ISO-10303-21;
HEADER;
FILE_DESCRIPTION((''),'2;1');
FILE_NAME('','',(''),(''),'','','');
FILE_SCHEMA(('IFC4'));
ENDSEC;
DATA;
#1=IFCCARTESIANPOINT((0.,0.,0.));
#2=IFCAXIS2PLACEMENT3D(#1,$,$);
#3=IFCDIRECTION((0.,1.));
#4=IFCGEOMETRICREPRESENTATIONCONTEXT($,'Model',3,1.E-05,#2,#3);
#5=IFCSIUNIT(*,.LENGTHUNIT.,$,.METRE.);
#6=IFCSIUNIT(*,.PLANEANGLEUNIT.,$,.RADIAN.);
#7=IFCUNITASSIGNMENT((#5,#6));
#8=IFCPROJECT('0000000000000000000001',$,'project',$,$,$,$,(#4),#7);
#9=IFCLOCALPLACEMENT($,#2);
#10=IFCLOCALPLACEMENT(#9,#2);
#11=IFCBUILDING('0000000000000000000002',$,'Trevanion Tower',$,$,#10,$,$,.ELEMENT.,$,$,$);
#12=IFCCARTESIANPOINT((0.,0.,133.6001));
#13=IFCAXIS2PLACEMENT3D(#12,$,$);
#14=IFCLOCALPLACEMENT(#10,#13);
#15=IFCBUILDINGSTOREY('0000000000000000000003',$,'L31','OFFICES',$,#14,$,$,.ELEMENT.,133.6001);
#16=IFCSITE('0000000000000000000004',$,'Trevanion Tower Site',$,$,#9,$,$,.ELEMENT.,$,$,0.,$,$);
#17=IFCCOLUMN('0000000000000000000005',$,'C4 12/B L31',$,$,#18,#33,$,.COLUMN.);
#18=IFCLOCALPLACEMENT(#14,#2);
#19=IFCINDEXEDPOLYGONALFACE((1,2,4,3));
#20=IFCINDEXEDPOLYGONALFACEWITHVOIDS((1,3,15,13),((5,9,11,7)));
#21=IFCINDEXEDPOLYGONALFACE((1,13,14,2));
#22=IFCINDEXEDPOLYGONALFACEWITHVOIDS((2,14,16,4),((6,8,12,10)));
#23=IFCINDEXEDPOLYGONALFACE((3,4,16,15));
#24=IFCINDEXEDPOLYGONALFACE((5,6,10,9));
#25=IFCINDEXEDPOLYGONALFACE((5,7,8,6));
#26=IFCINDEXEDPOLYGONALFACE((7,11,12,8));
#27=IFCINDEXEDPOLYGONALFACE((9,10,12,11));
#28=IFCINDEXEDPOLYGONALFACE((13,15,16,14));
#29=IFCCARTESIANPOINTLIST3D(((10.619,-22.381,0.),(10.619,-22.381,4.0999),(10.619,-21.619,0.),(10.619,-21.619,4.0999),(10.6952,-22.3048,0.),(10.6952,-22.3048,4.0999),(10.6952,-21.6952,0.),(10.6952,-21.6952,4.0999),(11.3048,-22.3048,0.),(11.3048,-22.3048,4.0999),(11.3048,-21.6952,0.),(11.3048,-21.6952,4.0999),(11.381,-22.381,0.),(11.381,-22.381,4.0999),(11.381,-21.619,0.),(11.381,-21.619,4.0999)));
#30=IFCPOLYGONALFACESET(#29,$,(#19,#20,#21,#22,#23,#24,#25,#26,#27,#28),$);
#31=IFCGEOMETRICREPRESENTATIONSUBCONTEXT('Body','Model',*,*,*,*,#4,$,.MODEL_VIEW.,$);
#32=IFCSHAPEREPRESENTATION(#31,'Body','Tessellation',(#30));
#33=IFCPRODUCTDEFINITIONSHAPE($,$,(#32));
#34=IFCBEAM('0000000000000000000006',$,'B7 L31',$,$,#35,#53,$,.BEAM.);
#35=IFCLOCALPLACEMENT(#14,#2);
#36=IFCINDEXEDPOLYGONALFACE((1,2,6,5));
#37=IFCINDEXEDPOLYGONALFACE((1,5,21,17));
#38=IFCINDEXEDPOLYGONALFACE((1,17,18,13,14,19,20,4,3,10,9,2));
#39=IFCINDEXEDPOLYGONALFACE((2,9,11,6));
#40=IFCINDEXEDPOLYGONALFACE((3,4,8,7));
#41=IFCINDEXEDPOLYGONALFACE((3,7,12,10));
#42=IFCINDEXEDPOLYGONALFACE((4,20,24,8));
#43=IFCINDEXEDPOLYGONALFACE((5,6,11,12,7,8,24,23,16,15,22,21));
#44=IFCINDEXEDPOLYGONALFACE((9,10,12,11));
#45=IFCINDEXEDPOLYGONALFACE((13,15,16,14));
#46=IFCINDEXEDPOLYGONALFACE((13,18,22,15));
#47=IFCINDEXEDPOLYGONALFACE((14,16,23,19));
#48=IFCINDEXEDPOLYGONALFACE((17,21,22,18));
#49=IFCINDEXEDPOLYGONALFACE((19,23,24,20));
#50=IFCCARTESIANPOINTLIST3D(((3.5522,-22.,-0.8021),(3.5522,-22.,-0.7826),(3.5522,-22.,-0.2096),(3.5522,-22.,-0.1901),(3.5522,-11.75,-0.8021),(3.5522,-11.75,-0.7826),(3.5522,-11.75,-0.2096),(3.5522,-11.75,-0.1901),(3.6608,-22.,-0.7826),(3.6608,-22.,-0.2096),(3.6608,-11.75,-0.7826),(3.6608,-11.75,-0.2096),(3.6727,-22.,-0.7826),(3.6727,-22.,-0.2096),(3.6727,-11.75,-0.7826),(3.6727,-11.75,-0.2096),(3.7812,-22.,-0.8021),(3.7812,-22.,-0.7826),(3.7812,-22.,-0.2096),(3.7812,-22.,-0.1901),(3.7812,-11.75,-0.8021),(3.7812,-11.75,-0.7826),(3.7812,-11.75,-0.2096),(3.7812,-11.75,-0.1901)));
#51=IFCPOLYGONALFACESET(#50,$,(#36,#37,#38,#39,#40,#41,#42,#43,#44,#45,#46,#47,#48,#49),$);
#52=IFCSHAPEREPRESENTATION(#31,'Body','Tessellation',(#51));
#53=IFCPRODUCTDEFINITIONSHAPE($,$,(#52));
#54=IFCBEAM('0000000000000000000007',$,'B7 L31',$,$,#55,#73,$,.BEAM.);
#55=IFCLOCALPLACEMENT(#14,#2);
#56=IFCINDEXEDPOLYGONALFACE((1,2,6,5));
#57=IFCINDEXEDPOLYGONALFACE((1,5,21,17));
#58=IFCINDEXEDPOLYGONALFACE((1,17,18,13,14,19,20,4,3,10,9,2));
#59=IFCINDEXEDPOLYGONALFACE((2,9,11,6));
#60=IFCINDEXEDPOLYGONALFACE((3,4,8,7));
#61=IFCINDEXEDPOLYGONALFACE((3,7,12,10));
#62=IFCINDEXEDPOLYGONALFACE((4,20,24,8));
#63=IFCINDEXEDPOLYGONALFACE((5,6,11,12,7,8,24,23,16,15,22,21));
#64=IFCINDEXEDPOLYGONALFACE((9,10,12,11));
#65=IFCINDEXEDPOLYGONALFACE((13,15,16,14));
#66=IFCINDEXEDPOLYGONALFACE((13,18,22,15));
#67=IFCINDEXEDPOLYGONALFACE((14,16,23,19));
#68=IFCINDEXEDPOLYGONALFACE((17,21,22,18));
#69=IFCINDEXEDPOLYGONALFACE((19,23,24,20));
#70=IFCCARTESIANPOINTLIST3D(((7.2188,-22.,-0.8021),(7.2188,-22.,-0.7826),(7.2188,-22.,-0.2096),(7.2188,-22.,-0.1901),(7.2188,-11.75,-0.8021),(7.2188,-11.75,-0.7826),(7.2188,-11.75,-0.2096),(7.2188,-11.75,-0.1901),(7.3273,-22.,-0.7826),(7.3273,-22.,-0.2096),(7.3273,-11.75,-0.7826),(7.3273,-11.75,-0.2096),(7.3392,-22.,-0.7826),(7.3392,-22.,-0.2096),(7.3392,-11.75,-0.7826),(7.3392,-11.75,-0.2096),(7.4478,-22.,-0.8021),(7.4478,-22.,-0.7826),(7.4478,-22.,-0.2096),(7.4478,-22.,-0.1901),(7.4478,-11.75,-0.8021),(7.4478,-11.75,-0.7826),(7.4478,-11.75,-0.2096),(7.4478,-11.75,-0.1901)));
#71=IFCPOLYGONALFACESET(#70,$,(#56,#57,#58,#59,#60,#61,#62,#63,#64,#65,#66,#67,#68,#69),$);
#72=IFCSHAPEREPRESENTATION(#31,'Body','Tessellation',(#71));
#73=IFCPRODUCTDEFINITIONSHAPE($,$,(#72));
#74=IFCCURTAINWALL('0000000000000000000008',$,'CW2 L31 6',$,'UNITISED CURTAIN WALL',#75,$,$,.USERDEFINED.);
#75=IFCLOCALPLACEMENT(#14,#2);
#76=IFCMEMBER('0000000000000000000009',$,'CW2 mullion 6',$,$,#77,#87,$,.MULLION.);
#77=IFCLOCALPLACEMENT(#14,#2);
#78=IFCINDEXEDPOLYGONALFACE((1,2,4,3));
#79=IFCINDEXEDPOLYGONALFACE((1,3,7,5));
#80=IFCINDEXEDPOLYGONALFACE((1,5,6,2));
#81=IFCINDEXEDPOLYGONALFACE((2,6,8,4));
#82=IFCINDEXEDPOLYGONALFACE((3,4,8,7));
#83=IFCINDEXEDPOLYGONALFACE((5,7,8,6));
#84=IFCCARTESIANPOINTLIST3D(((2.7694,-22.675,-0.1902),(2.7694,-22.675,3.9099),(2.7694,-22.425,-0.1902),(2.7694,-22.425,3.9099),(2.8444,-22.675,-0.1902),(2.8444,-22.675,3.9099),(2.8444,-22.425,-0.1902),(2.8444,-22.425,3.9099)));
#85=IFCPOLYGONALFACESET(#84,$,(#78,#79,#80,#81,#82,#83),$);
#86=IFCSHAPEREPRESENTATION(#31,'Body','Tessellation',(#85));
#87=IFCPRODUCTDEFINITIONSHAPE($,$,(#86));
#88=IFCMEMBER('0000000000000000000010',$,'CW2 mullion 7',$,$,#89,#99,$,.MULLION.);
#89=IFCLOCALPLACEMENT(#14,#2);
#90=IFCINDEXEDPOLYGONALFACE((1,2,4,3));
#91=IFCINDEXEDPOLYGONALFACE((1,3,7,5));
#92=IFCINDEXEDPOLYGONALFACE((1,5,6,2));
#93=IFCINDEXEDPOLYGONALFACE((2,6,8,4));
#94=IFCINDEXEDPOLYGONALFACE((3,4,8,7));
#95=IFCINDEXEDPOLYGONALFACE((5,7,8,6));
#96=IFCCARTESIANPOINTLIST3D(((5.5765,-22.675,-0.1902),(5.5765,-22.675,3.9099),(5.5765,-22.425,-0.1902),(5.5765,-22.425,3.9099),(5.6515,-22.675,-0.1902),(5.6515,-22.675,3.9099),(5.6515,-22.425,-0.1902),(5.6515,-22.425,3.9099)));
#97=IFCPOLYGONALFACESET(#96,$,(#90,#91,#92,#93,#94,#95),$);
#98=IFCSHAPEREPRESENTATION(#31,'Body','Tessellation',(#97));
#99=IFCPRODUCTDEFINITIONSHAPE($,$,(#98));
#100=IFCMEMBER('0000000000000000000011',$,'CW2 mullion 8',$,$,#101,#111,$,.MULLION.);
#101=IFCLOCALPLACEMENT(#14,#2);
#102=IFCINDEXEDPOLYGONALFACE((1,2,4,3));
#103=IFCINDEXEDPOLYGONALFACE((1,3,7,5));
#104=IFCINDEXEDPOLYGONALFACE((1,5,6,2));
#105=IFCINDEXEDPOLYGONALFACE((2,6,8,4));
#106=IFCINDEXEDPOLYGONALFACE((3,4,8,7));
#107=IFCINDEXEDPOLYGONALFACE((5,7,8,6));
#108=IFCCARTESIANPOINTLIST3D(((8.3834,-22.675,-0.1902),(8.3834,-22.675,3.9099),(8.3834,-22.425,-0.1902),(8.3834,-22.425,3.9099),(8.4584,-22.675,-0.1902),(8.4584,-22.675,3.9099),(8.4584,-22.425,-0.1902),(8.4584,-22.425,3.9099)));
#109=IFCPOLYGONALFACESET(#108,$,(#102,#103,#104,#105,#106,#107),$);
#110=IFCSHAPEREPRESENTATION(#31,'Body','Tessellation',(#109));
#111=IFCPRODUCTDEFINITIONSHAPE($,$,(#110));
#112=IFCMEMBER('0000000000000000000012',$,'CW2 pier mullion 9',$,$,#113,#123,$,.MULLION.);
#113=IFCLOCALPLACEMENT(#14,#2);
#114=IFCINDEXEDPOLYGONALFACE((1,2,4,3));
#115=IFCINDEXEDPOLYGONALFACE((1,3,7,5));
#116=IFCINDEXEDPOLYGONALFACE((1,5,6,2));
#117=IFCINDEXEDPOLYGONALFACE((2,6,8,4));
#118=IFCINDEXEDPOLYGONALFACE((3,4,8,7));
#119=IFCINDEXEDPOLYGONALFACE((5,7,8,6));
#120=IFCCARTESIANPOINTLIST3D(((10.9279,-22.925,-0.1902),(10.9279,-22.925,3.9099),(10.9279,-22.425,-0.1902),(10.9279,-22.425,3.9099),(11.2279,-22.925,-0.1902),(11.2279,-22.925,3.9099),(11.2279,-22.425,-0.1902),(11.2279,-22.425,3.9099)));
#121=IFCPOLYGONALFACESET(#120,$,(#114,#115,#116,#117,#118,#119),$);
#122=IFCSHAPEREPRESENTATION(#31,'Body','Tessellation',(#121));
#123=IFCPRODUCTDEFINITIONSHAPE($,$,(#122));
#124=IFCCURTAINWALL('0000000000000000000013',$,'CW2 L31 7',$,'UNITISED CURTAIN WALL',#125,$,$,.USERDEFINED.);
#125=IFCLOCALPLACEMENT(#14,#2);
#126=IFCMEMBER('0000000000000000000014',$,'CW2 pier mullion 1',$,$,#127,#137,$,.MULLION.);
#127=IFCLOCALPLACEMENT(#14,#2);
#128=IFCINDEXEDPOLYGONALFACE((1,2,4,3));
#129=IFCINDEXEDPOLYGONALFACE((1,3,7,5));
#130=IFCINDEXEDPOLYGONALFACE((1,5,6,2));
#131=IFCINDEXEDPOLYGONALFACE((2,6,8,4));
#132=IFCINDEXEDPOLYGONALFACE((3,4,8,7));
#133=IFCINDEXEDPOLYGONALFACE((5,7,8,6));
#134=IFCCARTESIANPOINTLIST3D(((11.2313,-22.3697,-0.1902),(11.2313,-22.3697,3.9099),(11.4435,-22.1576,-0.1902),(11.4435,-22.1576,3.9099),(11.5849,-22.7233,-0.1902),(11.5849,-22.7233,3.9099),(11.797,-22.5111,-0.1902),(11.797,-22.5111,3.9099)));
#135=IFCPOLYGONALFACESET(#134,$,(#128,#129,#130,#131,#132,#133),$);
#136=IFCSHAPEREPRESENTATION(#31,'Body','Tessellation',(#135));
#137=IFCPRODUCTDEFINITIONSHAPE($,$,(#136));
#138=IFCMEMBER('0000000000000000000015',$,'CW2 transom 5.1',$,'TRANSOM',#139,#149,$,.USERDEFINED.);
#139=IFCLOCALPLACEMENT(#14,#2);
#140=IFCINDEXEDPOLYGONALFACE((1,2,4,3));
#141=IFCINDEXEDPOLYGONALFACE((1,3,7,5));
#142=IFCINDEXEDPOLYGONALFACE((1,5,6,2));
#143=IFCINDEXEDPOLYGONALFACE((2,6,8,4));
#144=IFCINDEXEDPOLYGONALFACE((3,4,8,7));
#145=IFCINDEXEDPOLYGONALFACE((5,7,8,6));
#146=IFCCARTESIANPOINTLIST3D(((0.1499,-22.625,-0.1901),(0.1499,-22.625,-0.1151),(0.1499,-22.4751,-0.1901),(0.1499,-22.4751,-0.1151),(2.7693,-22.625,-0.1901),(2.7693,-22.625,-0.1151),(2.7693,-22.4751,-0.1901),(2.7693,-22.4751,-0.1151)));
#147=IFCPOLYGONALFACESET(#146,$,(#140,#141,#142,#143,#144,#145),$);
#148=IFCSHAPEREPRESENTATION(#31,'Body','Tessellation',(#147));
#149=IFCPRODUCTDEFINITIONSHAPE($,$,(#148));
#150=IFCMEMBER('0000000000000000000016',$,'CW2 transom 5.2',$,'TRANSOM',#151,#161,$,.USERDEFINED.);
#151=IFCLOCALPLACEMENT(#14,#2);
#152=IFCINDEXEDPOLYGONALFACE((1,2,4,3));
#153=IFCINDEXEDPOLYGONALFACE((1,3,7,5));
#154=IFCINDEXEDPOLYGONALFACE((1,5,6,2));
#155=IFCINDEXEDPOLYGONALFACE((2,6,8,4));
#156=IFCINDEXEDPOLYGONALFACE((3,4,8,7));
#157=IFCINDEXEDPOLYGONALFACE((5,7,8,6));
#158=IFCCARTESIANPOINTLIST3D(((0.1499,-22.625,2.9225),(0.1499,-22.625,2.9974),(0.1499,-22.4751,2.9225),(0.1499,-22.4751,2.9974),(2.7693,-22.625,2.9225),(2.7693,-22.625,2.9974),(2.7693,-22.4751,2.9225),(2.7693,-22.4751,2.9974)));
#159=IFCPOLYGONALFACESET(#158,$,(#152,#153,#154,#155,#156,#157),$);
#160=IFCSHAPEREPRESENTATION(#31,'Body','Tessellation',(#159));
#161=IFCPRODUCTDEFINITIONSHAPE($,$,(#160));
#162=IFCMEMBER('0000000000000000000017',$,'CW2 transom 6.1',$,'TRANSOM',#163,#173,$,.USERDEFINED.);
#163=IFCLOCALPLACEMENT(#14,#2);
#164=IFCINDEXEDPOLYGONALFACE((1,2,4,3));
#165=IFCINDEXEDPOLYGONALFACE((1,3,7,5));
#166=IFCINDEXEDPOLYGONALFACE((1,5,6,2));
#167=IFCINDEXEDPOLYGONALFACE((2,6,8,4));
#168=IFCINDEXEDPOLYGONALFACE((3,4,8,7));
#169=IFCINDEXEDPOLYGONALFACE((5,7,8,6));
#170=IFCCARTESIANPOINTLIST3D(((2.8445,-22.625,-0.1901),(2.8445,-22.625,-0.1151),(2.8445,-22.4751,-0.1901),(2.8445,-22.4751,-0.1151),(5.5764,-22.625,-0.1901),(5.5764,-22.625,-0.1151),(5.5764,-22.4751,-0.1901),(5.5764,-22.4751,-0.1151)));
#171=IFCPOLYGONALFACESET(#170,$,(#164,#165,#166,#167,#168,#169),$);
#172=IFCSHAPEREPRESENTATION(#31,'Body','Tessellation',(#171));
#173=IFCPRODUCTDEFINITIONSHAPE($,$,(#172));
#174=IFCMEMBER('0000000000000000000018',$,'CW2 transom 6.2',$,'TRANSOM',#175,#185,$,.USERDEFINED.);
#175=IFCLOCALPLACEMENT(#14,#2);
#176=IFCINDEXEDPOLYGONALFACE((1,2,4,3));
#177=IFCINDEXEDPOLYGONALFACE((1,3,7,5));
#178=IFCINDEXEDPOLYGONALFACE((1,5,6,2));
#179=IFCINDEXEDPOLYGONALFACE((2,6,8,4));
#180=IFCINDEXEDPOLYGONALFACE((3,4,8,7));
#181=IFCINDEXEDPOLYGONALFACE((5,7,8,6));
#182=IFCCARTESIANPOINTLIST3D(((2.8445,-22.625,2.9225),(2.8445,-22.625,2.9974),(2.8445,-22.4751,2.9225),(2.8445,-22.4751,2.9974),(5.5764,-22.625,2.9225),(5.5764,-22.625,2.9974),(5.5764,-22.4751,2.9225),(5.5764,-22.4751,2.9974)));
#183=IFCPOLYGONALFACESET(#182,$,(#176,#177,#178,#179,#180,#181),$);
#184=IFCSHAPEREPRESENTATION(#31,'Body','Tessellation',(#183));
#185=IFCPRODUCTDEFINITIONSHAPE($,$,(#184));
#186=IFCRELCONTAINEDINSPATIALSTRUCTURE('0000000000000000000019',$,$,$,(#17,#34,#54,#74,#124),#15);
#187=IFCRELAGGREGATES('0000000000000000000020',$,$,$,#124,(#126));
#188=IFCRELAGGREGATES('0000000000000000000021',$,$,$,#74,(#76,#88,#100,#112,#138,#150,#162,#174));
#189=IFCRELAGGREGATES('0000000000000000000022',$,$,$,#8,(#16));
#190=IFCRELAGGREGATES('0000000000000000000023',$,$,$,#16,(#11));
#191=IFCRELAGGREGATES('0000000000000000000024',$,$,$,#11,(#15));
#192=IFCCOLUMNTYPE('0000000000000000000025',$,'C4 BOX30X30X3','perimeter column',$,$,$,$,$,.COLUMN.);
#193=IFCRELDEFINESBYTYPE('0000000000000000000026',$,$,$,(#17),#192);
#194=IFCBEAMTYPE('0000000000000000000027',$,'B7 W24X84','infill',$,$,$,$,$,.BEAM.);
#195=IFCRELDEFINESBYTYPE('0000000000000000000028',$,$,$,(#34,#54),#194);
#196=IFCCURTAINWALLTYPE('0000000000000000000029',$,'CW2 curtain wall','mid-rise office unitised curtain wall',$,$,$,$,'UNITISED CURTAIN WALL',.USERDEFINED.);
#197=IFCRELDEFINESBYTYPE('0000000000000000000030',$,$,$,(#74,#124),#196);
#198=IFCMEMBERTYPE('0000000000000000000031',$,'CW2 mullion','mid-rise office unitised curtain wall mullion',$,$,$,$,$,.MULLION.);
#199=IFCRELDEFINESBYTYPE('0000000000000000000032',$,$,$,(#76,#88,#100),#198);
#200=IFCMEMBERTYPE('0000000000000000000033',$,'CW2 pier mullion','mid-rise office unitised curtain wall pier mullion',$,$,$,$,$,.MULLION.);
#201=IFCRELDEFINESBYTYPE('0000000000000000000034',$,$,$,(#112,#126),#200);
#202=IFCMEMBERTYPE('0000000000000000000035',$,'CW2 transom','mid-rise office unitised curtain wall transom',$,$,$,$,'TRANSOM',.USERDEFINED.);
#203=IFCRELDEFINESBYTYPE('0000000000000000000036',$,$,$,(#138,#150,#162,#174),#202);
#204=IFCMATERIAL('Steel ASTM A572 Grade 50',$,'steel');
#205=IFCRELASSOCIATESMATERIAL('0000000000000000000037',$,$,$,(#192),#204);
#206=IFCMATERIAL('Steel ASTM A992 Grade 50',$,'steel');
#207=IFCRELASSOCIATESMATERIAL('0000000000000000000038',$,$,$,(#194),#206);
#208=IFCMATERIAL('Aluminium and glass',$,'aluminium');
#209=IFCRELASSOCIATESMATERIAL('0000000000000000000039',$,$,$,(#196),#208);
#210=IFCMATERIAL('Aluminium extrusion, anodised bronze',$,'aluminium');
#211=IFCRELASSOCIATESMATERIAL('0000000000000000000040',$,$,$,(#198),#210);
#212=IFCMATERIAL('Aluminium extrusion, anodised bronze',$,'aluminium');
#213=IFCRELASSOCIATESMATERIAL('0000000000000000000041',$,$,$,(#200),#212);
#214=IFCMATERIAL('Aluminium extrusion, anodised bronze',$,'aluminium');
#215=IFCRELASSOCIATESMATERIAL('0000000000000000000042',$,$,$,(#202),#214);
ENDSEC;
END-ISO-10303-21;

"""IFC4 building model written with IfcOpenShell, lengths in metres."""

from ifc_helpers import new_model, si_unit, direction, frame, origin, origin_2d, place, context, subcontext, project, spatial, rectangle, hollow_rectangle, i_section, extrude, material, material_profile, profile_set, type_object, element, aggregate, save


model = new_model("IFC4")

# Units and contexts
model_context = context("Model", 3, precision=1e-05, world=origin(), true_north=direction((0.0, 1.0)))
body_context = subcontext(model_context, "Body", "Model", "MODEL_VIEW")
ifc_project = project(units=[si_unit("LENGTHUNIT", "METRE"), si_unit("PLANEANGLEUNIT", "RADIAN")], contexts=[model_context])

# Site, building, storey
site_placement = place(None, origin())
site = spatial("IfcSite", under=ifc_project, at=site_placement, Name="Trevanion Tower Site", CompositionType="ELEMENT", RefElevation=0.0)
building_placement = place(site_placement, origin())
building = spatial("IfcBuilding", under=site, at=building_placement, Name="Trevanion Tower", CompositionType="ELEMENT")
storey_placement = place(building_placement, frame((0.0, 0.0, 133.6001)))
storey = spatial("IfcBuildingStorey", under=building, at=storey_placement, Name="L31", Description="OFFICES", CompositionType="ELEMENT", Elevation=133.6001)

# Column
ifc_material_1 = material(Name="Steel ASTM A572 Grade 50", Category="steel")
ifc_material_profile_1 = material_profile(ifc_material_1, hollow_rectangle(XDim=0.762, YDim=0.762, WallThickness=0.0762, at=origin_2d()), Name="BOX30X30X3")
ifc_profile_set_1 = profile_set([ifc_material_profile_1], Name="Steel ASTM A572 Grade 50")
column_type = type_object("IfcColumnType", Name="C4 BOX30X30X3", Description="perimeter column", PredefinedType="COLUMN", material=ifc_profile_set_1)
column_placement = place(storey_placement, frame((11.0, -22.0, 0.0), z_axis=(0.0, 0.0, 1.0), x_axis=(1.0, 0.0, 0.0)))
element("IfcColumn", 1, at=column_placement, inside=storey, type_object=column_type, Name="C4 12/B L31", PredefinedType="COLUMN", context=body_context, shape_type="SweptSolid", body=[
    extrude(hollow_rectangle(XDim=0.762, YDim=0.762, WallThickness=0.0762, at=origin_2d()), origin(), (0.0, 0.0, 1.0), 4.0999),
])

# Beams
ifc_material_2 = material(Name="Steel ASTM A992 Grade 50", Category="steel")
ifc_material_profile_2 = material_profile(ifc_material_2, i_section(OverallWidth=0.229, OverallDepth=0.6121, WebThickness=0.012, FlangeThickness=0.0195, at=origin_2d()), Name="W24X84")
ifc_profile_set_2 = profile_set([ifc_material_profile_2], Name="Steel ASTM A992 Grade 50")
beam_type_1 = type_object("IfcBeamType", Name="B7 W24X84", Description="infill", PredefinedType="BEAM", material=ifc_profile_set_2)
for number, where, z_axis, x_axis, name in (
    (2, (3.6667, -11.75, -0.4961), (0.0, -1.0, 0.0), (1.0, 0.0, 0.0), "B7 L31"),
    (3, (7.3333, -11.75, -0.4961), (0.0, -1.0, 0.0), (1.0, 0.0, 0.0), "B7 L31"),
):
    element("IfcBeam", number, at=place(storey_placement, frame(where, z_axis=z_axis, x_axis=x_axis)), inside=storey, type_object=beam_type_1, Name=name, PredefinedType="BEAM", context=body_context, shape_type="SweptSolid", body=[
        extrude(i_section(OverallWidth=0.229, OverallDepth=0.6121, WebThickness=0.012, FlangeThickness=0.0195, at=origin_2d()), origin(), (0.0, 0.0, 1.0), 10.25),
    ])

# Curtain wall, members
ifc_material_3 = material(Name="Aluminium and glass", Category="aluminium")
curtain_wall_type = type_object("IfcCurtainWallType", Name="CW2 curtain wall", Description="mid-rise office unitised curtain wall", ElementType="UNITISED CURTAIN WALL", PredefinedType="USERDEFINED", material=ifc_material_3)
curtain_wall_1_placement = place(storey_placement, origin())
curtain_wall_1 = element("IfcCurtainWall", 4, at=curtain_wall_1_placement, inside=storey, type_object=curtain_wall_type, Name="CW2 L31 6", ObjectType="UNITISED CURTAIN WALL", PredefinedType="USERDEFINED")
ifc_material_4 = material(Name="Aluminium extrusion, anodised bronze", Category="aluminium")
ifc_material_profile_3 = material_profile(ifc_material_4, rectangle(XDim=0.075, YDim=0.25, at=origin_2d()), Name="CW2 mullion")
ifc_profile_set_3 = profile_set([ifc_material_profile_3], Name="Aluminium extrusion, anodised bronze")
member_type_1 = type_object("IfcMemberType", Name="CW2 mullion", Description="mid-rise office unitised curtain wall mullion", PredefinedType="MULLION", material=ifc_profile_set_3)
member_1_placement = place(storey_placement, frame((2.8069, -22.55, -0.1902), z_axis=(0.0, 0.0, 1.0), x_axis=(1.0, 0.0, 0.0)))
member_1 = element("IfcMember", 5, at=member_1_placement, type_object=member_type_1, Name="CW2 mullion 6", PredefinedType="MULLION", context=body_context, shape_type="SweptSolid", body=[
    extrude(rectangle(XDim=0.075, YDim=0.25, at=origin_2d()), origin(), (0.0, 0.0, 1.0), 4.1001),
])
member_2_placement = place(storey_placement, frame((5.614, -22.55, -0.1902), z_axis=(0.0, 0.0, 1.0), x_axis=(1.0, 0.0, 0.0)))
member_2 = element("IfcMember", 6, at=member_2_placement, type_object=member_type_1, Name="CW2 mullion 7", PredefinedType="MULLION", context=body_context, shape_type="SweptSolid", body=[
    extrude(rectangle(XDim=0.075, YDim=0.25, at=origin_2d()), origin(), (0.0, 0.0, 1.0), 4.1001),
])
member_3_placement = place(storey_placement, frame((8.4209, -22.55, -0.1902), z_axis=(0.0, 0.0, 1.0), x_axis=(1.0, 0.0, 0.0)))
member_3 = element("IfcMember", 7, at=member_3_placement, type_object=member_type_1, Name="CW2 mullion 8", PredefinedType="MULLION", context=body_context, shape_type="SweptSolid", body=[
    extrude(rectangle(XDim=0.075, YDim=0.25, at=origin_2d()), origin(), (0.0, 0.0, 1.0), 4.1001),
])
ifc_material_5 = material(Name="Aluminium extrusion, anodised bronze", Category="aluminium")
ifc_material_profile_4 = material_profile(ifc_material_5, rectangle(XDim=0.3, YDim=0.5, at=origin_2d()), Name="CW2 pier mullion")
ifc_profile_set_4 = profile_set([ifc_material_profile_4], Name="Aluminium extrusion, anodised bronze")
member_type_2 = type_object("IfcMemberType", Name="CW2 pier mullion", Description="mid-rise office unitised curtain wall pier mullion", PredefinedType="MULLION", material=ifc_profile_set_4)
member_4_placement = place(storey_placement, frame((11.0779, -22.675, -0.1902), z_axis=(0.0, 0.0, 1.0), x_axis=(1.0, 0.0, 0.0)))
member_4 = element("IfcMember", 8, at=member_4_placement, type_object=member_type_2, Name="CW2 pier mullion 9", PredefinedType="MULLION", context=body_context, shape_type="SweptSolid", body=[
    extrude(rectangle(XDim=0.3, YDim=0.5, at=origin_2d()), origin(), (0.0, 0.0, 1.0), 4.1001),
])

# Curtain wall, member
curtain_wall_2_placement = place(storey_placement, origin())
curtain_wall_2 = element("IfcCurtainWall", 9, at=curtain_wall_2_placement, inside=storey, type_object=curtain_wall_type, Name="CW2 L31 7", ObjectType="UNITISED CURTAIN WALL", PredefinedType="USERDEFINED")
member_5_placement = place(storey_placement, frame((11.5142, -22.4404, -0.1902), z_axis=(0.0, 0.0, 1.0), x_axis=(0.707107, 0.707107, 0.0)))
member_5 = element("IfcMember", 10, at=member_5_placement, type_object=member_type_2, Name="CW2 pier mullion 1", PredefinedType="MULLION", context=body_context, shape_type="SweptSolid", body=[
    extrude(rectangle(XDim=0.3, YDim=0.5, at=origin_2d()), origin(), (0.0, 0.0, 1.0), 4.1001),
])

# Members
ifc_material_6 = material(Name="Aluminium extrusion, anodised bronze", Category="aluminium")
ifc_material_profile_5 = material_profile(ifc_material_6, rectangle(XDim=0.1499, YDim=0.075, at=origin_2d()), Name="CW2 transom")
ifc_profile_set_5 = profile_set([ifc_material_profile_5], Name="Aluminium extrusion, anodised bronze")
member_type_3 = type_object("IfcMemberType", Name="CW2 transom", Description="mid-rise office unitised curtain wall transom", ElementType="TRANSOM", PredefinedType="USERDEFINED", material=ifc_profile_set_5)
member_6_placement = place(storey_placement, frame((0.1499, -22.55, -0.1526), z_axis=(1.0, 0.0, 0.0), x_axis=(0.0, 1.0, 0.0)))
member_6 = element("IfcMember", 11, at=member_6_placement, type_object=member_type_3, Name="CW2 transom 5.1", ObjectType="TRANSOM", PredefinedType="USERDEFINED", context=body_context, shape_type="SweptSolid", body=[
    extrude(rectangle(XDim=0.1499, YDim=0.075, at=origin_2d()), origin(), (0.0, 0.0, 1.0), 2.6194),
])
member_7_placement = place(storey_placement, frame((0.1499, -22.55, 2.96), z_axis=(1.0, 0.0, 0.0), x_axis=(0.0, 1.0, 0.0)))
member_7 = element("IfcMember", 12, at=member_7_placement, type_object=member_type_3, Name="CW2 transom 5.2", ObjectType="TRANSOM", PredefinedType="USERDEFINED", context=body_context, shape_type="SweptSolid", body=[
    extrude(rectangle(XDim=0.1499, YDim=0.075, at=origin_2d()), origin(), (0.0, 0.0, 1.0), 2.6194),
])
member_8_placement = place(storey_placement, frame((2.8445, -22.55, -0.1526), z_axis=(1.0, 0.0, 0.0), x_axis=(0.0, 1.0, 0.0)))
member_8 = element("IfcMember", 13, at=member_8_placement, type_object=member_type_3, Name="CW2 transom 6.1", ObjectType="TRANSOM", PredefinedType="USERDEFINED", context=body_context, shape_type="SweptSolid", body=[
    extrude(rectangle(XDim=0.1499, YDim=0.075, at=origin_2d()), origin(), (0.0, 0.0, 1.0), 2.7319),
])
member_9_placement = place(storey_placement, frame((2.8445, -22.55, 2.96), z_axis=(1.0, 0.0, 0.0), x_axis=(0.0, 1.0, 0.0)))
member_9 = element("IfcMember", 14, at=member_9_placement, type_object=member_type_3, Name="CW2 transom 6.2", ObjectType="TRANSOM", PredefinedType="USERDEFINED", context=body_context, shape_type="SweptSolid", body=[
    extrude(rectangle(XDim=0.1499, YDim=0.075, at=origin_2d()), origin(), (0.0, 0.0, 1.0), 2.7319),
])
aggregate(curtain_wall_2, [member_5])

aggregate(curtain_wall_1, [member_1, member_2, member_3, member_4, member_6, member_7, member_8, member_9])

save(model, "model.ifc")
